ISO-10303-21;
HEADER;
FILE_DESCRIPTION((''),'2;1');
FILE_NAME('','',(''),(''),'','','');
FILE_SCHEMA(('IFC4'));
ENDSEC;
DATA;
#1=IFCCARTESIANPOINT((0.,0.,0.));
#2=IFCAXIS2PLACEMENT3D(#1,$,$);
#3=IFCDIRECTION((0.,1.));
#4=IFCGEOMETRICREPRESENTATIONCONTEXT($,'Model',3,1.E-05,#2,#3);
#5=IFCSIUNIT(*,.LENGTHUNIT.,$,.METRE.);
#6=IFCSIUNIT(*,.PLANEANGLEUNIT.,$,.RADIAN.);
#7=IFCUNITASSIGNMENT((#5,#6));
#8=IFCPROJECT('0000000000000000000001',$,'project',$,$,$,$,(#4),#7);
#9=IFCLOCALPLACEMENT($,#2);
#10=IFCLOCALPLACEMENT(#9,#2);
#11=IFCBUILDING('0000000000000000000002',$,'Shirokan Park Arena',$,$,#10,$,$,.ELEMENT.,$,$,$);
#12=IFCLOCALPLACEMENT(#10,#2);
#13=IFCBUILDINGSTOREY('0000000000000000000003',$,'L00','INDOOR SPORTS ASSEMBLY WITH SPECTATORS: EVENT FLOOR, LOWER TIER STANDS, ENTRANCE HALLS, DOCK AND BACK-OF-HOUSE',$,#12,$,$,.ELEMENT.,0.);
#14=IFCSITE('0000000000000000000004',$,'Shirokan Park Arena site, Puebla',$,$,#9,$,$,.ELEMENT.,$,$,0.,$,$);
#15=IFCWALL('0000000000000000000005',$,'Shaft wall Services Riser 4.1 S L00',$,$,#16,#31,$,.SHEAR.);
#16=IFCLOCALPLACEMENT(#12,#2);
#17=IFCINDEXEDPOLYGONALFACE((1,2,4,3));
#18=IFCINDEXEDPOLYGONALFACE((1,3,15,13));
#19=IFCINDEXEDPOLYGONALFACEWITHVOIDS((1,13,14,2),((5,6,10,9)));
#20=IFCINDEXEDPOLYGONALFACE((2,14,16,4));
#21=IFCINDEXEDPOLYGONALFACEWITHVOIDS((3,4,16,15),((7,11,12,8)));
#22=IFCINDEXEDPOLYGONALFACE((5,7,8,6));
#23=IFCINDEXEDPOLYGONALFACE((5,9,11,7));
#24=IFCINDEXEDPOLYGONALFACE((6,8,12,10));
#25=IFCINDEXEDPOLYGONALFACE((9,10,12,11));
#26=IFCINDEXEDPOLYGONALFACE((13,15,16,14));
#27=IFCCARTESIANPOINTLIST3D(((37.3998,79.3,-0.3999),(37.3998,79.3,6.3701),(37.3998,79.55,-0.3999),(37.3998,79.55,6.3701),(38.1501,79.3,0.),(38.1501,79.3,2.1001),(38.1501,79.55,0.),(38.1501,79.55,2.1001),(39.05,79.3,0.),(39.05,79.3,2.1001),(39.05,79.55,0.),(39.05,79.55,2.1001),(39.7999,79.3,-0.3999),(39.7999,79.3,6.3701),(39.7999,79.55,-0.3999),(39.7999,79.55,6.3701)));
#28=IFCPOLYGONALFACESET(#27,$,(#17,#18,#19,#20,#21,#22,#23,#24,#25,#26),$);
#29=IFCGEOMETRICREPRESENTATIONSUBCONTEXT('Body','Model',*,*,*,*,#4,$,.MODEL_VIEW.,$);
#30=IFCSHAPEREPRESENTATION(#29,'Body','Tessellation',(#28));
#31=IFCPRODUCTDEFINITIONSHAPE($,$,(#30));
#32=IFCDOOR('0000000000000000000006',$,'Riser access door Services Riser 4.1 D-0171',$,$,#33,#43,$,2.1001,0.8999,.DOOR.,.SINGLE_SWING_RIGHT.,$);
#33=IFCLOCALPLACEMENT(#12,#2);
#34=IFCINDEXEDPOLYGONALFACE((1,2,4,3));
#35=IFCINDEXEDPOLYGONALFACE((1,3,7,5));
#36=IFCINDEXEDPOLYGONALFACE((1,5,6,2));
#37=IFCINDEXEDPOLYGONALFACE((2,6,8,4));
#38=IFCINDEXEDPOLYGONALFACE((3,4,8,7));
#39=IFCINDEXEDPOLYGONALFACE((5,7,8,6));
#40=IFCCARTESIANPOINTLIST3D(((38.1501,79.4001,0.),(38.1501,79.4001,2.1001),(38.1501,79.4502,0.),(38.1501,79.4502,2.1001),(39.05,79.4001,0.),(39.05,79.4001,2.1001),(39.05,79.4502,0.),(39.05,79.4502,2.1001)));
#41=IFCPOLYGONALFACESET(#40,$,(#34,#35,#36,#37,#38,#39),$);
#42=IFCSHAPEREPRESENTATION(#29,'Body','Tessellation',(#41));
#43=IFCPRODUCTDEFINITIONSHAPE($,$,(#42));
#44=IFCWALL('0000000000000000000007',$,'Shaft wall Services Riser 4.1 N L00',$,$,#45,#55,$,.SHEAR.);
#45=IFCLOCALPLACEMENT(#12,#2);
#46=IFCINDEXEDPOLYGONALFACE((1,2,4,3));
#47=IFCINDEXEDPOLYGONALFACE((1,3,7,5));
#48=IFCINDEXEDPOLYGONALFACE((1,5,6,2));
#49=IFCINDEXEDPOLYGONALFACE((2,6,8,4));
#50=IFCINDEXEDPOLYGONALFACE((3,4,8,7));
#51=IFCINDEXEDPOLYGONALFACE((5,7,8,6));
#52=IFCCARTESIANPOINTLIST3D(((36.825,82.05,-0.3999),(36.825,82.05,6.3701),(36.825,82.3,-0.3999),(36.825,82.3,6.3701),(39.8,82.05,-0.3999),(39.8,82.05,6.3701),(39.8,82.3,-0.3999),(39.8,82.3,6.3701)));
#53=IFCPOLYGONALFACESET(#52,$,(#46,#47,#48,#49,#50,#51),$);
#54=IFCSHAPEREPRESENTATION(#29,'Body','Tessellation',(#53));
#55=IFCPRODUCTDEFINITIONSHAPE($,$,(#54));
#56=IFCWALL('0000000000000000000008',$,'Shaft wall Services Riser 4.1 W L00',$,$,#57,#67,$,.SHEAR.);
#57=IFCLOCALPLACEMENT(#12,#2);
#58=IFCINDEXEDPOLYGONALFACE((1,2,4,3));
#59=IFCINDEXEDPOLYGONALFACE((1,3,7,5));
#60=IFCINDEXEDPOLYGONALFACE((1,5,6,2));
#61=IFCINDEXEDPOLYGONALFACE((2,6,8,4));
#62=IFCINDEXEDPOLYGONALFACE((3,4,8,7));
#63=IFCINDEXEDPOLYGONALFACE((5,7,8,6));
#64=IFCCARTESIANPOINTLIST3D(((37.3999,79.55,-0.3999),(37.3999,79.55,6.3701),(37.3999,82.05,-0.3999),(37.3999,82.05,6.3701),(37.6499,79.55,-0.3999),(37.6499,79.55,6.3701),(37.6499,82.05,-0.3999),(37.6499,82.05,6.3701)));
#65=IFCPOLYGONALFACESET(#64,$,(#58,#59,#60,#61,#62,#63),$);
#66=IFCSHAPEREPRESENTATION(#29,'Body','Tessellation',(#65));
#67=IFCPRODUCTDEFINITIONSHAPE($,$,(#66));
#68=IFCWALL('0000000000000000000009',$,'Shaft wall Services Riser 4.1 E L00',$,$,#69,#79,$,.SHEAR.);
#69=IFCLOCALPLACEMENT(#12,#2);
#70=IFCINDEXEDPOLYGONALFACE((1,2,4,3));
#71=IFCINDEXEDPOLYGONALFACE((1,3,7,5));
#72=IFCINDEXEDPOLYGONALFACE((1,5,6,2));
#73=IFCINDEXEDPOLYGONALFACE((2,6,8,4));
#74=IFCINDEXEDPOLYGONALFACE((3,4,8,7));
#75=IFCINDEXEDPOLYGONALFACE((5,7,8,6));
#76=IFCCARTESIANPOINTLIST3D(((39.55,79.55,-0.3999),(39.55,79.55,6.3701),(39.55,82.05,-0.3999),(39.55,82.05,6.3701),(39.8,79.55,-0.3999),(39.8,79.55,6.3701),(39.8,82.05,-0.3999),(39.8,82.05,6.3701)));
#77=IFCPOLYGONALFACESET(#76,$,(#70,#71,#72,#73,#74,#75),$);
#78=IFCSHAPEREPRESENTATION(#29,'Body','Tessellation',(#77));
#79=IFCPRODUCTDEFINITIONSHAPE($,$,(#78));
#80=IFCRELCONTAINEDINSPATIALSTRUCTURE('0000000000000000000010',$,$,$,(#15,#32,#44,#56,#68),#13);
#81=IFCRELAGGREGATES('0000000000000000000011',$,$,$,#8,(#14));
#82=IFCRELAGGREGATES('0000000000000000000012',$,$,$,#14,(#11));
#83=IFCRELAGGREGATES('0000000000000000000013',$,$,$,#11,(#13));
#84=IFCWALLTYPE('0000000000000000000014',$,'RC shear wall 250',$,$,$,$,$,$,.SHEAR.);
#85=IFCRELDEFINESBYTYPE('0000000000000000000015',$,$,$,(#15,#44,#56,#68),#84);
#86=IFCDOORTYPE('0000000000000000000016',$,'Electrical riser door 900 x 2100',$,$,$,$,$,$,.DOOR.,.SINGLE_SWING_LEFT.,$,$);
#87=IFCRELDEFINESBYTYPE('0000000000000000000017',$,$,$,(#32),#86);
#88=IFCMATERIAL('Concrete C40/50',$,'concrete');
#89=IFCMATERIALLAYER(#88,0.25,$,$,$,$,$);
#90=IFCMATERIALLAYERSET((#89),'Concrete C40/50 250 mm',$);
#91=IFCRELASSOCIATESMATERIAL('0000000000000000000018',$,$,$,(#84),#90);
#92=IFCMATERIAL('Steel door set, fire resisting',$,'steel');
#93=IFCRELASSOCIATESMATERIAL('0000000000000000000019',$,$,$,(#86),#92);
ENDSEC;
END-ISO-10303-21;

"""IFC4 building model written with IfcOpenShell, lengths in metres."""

from ifc_helpers import new_model, si_unit, direction, frame, frame_2d, origin, place, context, subcontext, project, spatial, rectangle, extrude, material, layer, layer_set, type_object, element, fill, save


model = new_model("IFC4")

# Units and contexts
model_context = context("Model", 3, precision=1e-05, world=origin(), true_north=direction((0.0, 1.0)))
body_context = subcontext(model_context, "Body", "Model", "MODEL_VIEW")
ifc_project = project(units=[si_unit("LENGTHUNIT", "METRE"), si_unit("PLANEANGLEUNIT", "RADIAN")], contexts=[model_context])

# Site, building, storey
site_placement = place(None, origin())
site = spatial("IfcSite", under=ifc_project, at=site_placement, Name="Shirokan Park Arena site, Puebla", CompositionType="ELEMENT", RefElevation=0.0)
building_placement = place(site_placement, origin())
building = spatial("IfcBuilding", under=site, at=building_placement, Name="Shirokan Park Arena", CompositionType="ELEMENT")
storey_placement = place(building_placement, origin())
storey = spatial("IfcBuildingStorey", under=building, at=storey_placement, Name="L00", Description="INDOOR SPORTS ASSEMBLY WITH SPECTATORS: EVENT FLOOR, LOWER TIER STANDS, ENTRANCE HALLS, DOCK AND BACK-OF-HOUSE", CompositionType="ELEMENT", Elevation=0.0)

# Wall, opening, door
ifc_material_1 = material(Name="Concrete C40/50", Category="concrete")
ifc_layer_1 = layer(ifc_material_1, 0.25)
ifc_layer_set_1 = layer_set([ifc_layer_1], Name="Concrete C40/50 250 mm")
wall_type_1 = type_object("IfcWallType", Name="RC shear wall 250", PredefinedType="SHEAR", material=ifc_layer_set_1)
wall_1_placement = place(storey_placement, frame((39.8, 79.425, -0.3999), z_axis=(0.0, 0.0, 1.0), x_axis=(-1.0, 0.0, 0.0)))
wall_1 = element("IfcWall", 1, at=wall_1_placement, inside=storey, type_object=wall_type_1, Name="Shaft wall Services Riser 4.1 S L00", PredefinedType="SHEAR", context=body_context, shape_type="SweptSolid", body=[
    extrude(rectangle(XDim=2.4001, YDim=0.25, at=frame_2d((1.2002, 0.0))), origin(), (0.0, 0.0, 1.0), 6.77),
])
opening_placement = place(wall_1_placement, frame((0.75, 0.0, 0.3999)))
opening = element("IfcOpeningElement", 2, at=opening_placement, cuts=wall_1, PredefinedType="OPENING", context=body_context, shape_type="SweptSolid", body=[
    extrude(rectangle(XDim=0.8999, YDim=2.1001, at=frame_2d((0.45, 1.05))), frame((0.0, 0.135, 0.0), z_axis=(0.0, -1.0, 0.0), x_axis=(1.0, 0.0, 0.0)), (0.0, 0.0, 1.0), 0.27),
])
ifc_material_2 = material(Name="Steel door set, fire resisting", Category="steel")
door_type = type_object("IfcDoorType", Name="Electrical riser door 900 x 2100", OperationType="SINGLE_SWING_LEFT", PredefinedType="DOOR", material=ifc_material_2)
door_placement = place(opening_placement, origin())
door = element("IfcDoor", 3, at=door_placement, inside=storey, type_object=door_type, Name="Riser access door Services Riser 4.1 D-0171", OperationType="SINGLE_SWING_RIGHT", OverallHeight=2.1001, OverallWidth=0.8999, PredefinedType="DOOR", context=body_context, shape_type="SweptSolid", body=[
    extrude(rectangle(XDim=0.8999, YDim=2.1001, at=frame_2d((0.45, 1.05))), frame((0.0, 0.0249, 0.0), z_axis=(0.0, -1.0, 0.0), x_axis=(1.0, 0.0, 0.0)), (0.0, 0.0, 1.0), 0.05),
])
fill(opening, door)

# Walls
wall_2_placement = place(storey_placement, frame((39.8, 82.175, -0.3999), z_axis=(0.0, 0.0, 1.0), x_axis=(-1.0, 0.0, 0.0)))
element("IfcWall", 4, at=wall_2_placement, inside=storey, type_object=wall_type_1, Name="Shaft wall Services Riser 4.1 N L00", PredefinedType="SHEAR", context=body_context, shape_type="SweptSolid", body=[
    extrude(rectangle(XDim=2.9751, YDim=0.25, at=frame_2d((1.4875, 0.0))), origin(), (0.0, 0.0, 1.0), 6.77),
])
for number, where, z_axis, x_axis, name in (
    (5, (37.5249, 82.05, -0.3999), (0.0, 0.0, 1.0), (0.0, -1.0, 0.0), "Shaft wall Services Riser 4.1 W L00"),
    (6, (39.675, 82.05, -0.3999), (0.0, 0.0, 1.0), (0.0, -1.0, 0.0), "Shaft wall Services Riser 4.1 E L00"),
):
    element("IfcWall", number, at=place(storey_placement, frame(where, z_axis=z_axis, x_axis=x_axis)), inside=storey, type_object=wall_type_1, Name=name, PredefinedType="SHEAR", context=body_context, shape_type="SweptSolid", body=[
        extrude(rectangle(XDim=2.5, YDim=0.25, at=frame_2d((1.25, 0.0))), origin(), (0.0, 0.0, 1.0), 6.77),
    ])

save(model, "model.ifc")
